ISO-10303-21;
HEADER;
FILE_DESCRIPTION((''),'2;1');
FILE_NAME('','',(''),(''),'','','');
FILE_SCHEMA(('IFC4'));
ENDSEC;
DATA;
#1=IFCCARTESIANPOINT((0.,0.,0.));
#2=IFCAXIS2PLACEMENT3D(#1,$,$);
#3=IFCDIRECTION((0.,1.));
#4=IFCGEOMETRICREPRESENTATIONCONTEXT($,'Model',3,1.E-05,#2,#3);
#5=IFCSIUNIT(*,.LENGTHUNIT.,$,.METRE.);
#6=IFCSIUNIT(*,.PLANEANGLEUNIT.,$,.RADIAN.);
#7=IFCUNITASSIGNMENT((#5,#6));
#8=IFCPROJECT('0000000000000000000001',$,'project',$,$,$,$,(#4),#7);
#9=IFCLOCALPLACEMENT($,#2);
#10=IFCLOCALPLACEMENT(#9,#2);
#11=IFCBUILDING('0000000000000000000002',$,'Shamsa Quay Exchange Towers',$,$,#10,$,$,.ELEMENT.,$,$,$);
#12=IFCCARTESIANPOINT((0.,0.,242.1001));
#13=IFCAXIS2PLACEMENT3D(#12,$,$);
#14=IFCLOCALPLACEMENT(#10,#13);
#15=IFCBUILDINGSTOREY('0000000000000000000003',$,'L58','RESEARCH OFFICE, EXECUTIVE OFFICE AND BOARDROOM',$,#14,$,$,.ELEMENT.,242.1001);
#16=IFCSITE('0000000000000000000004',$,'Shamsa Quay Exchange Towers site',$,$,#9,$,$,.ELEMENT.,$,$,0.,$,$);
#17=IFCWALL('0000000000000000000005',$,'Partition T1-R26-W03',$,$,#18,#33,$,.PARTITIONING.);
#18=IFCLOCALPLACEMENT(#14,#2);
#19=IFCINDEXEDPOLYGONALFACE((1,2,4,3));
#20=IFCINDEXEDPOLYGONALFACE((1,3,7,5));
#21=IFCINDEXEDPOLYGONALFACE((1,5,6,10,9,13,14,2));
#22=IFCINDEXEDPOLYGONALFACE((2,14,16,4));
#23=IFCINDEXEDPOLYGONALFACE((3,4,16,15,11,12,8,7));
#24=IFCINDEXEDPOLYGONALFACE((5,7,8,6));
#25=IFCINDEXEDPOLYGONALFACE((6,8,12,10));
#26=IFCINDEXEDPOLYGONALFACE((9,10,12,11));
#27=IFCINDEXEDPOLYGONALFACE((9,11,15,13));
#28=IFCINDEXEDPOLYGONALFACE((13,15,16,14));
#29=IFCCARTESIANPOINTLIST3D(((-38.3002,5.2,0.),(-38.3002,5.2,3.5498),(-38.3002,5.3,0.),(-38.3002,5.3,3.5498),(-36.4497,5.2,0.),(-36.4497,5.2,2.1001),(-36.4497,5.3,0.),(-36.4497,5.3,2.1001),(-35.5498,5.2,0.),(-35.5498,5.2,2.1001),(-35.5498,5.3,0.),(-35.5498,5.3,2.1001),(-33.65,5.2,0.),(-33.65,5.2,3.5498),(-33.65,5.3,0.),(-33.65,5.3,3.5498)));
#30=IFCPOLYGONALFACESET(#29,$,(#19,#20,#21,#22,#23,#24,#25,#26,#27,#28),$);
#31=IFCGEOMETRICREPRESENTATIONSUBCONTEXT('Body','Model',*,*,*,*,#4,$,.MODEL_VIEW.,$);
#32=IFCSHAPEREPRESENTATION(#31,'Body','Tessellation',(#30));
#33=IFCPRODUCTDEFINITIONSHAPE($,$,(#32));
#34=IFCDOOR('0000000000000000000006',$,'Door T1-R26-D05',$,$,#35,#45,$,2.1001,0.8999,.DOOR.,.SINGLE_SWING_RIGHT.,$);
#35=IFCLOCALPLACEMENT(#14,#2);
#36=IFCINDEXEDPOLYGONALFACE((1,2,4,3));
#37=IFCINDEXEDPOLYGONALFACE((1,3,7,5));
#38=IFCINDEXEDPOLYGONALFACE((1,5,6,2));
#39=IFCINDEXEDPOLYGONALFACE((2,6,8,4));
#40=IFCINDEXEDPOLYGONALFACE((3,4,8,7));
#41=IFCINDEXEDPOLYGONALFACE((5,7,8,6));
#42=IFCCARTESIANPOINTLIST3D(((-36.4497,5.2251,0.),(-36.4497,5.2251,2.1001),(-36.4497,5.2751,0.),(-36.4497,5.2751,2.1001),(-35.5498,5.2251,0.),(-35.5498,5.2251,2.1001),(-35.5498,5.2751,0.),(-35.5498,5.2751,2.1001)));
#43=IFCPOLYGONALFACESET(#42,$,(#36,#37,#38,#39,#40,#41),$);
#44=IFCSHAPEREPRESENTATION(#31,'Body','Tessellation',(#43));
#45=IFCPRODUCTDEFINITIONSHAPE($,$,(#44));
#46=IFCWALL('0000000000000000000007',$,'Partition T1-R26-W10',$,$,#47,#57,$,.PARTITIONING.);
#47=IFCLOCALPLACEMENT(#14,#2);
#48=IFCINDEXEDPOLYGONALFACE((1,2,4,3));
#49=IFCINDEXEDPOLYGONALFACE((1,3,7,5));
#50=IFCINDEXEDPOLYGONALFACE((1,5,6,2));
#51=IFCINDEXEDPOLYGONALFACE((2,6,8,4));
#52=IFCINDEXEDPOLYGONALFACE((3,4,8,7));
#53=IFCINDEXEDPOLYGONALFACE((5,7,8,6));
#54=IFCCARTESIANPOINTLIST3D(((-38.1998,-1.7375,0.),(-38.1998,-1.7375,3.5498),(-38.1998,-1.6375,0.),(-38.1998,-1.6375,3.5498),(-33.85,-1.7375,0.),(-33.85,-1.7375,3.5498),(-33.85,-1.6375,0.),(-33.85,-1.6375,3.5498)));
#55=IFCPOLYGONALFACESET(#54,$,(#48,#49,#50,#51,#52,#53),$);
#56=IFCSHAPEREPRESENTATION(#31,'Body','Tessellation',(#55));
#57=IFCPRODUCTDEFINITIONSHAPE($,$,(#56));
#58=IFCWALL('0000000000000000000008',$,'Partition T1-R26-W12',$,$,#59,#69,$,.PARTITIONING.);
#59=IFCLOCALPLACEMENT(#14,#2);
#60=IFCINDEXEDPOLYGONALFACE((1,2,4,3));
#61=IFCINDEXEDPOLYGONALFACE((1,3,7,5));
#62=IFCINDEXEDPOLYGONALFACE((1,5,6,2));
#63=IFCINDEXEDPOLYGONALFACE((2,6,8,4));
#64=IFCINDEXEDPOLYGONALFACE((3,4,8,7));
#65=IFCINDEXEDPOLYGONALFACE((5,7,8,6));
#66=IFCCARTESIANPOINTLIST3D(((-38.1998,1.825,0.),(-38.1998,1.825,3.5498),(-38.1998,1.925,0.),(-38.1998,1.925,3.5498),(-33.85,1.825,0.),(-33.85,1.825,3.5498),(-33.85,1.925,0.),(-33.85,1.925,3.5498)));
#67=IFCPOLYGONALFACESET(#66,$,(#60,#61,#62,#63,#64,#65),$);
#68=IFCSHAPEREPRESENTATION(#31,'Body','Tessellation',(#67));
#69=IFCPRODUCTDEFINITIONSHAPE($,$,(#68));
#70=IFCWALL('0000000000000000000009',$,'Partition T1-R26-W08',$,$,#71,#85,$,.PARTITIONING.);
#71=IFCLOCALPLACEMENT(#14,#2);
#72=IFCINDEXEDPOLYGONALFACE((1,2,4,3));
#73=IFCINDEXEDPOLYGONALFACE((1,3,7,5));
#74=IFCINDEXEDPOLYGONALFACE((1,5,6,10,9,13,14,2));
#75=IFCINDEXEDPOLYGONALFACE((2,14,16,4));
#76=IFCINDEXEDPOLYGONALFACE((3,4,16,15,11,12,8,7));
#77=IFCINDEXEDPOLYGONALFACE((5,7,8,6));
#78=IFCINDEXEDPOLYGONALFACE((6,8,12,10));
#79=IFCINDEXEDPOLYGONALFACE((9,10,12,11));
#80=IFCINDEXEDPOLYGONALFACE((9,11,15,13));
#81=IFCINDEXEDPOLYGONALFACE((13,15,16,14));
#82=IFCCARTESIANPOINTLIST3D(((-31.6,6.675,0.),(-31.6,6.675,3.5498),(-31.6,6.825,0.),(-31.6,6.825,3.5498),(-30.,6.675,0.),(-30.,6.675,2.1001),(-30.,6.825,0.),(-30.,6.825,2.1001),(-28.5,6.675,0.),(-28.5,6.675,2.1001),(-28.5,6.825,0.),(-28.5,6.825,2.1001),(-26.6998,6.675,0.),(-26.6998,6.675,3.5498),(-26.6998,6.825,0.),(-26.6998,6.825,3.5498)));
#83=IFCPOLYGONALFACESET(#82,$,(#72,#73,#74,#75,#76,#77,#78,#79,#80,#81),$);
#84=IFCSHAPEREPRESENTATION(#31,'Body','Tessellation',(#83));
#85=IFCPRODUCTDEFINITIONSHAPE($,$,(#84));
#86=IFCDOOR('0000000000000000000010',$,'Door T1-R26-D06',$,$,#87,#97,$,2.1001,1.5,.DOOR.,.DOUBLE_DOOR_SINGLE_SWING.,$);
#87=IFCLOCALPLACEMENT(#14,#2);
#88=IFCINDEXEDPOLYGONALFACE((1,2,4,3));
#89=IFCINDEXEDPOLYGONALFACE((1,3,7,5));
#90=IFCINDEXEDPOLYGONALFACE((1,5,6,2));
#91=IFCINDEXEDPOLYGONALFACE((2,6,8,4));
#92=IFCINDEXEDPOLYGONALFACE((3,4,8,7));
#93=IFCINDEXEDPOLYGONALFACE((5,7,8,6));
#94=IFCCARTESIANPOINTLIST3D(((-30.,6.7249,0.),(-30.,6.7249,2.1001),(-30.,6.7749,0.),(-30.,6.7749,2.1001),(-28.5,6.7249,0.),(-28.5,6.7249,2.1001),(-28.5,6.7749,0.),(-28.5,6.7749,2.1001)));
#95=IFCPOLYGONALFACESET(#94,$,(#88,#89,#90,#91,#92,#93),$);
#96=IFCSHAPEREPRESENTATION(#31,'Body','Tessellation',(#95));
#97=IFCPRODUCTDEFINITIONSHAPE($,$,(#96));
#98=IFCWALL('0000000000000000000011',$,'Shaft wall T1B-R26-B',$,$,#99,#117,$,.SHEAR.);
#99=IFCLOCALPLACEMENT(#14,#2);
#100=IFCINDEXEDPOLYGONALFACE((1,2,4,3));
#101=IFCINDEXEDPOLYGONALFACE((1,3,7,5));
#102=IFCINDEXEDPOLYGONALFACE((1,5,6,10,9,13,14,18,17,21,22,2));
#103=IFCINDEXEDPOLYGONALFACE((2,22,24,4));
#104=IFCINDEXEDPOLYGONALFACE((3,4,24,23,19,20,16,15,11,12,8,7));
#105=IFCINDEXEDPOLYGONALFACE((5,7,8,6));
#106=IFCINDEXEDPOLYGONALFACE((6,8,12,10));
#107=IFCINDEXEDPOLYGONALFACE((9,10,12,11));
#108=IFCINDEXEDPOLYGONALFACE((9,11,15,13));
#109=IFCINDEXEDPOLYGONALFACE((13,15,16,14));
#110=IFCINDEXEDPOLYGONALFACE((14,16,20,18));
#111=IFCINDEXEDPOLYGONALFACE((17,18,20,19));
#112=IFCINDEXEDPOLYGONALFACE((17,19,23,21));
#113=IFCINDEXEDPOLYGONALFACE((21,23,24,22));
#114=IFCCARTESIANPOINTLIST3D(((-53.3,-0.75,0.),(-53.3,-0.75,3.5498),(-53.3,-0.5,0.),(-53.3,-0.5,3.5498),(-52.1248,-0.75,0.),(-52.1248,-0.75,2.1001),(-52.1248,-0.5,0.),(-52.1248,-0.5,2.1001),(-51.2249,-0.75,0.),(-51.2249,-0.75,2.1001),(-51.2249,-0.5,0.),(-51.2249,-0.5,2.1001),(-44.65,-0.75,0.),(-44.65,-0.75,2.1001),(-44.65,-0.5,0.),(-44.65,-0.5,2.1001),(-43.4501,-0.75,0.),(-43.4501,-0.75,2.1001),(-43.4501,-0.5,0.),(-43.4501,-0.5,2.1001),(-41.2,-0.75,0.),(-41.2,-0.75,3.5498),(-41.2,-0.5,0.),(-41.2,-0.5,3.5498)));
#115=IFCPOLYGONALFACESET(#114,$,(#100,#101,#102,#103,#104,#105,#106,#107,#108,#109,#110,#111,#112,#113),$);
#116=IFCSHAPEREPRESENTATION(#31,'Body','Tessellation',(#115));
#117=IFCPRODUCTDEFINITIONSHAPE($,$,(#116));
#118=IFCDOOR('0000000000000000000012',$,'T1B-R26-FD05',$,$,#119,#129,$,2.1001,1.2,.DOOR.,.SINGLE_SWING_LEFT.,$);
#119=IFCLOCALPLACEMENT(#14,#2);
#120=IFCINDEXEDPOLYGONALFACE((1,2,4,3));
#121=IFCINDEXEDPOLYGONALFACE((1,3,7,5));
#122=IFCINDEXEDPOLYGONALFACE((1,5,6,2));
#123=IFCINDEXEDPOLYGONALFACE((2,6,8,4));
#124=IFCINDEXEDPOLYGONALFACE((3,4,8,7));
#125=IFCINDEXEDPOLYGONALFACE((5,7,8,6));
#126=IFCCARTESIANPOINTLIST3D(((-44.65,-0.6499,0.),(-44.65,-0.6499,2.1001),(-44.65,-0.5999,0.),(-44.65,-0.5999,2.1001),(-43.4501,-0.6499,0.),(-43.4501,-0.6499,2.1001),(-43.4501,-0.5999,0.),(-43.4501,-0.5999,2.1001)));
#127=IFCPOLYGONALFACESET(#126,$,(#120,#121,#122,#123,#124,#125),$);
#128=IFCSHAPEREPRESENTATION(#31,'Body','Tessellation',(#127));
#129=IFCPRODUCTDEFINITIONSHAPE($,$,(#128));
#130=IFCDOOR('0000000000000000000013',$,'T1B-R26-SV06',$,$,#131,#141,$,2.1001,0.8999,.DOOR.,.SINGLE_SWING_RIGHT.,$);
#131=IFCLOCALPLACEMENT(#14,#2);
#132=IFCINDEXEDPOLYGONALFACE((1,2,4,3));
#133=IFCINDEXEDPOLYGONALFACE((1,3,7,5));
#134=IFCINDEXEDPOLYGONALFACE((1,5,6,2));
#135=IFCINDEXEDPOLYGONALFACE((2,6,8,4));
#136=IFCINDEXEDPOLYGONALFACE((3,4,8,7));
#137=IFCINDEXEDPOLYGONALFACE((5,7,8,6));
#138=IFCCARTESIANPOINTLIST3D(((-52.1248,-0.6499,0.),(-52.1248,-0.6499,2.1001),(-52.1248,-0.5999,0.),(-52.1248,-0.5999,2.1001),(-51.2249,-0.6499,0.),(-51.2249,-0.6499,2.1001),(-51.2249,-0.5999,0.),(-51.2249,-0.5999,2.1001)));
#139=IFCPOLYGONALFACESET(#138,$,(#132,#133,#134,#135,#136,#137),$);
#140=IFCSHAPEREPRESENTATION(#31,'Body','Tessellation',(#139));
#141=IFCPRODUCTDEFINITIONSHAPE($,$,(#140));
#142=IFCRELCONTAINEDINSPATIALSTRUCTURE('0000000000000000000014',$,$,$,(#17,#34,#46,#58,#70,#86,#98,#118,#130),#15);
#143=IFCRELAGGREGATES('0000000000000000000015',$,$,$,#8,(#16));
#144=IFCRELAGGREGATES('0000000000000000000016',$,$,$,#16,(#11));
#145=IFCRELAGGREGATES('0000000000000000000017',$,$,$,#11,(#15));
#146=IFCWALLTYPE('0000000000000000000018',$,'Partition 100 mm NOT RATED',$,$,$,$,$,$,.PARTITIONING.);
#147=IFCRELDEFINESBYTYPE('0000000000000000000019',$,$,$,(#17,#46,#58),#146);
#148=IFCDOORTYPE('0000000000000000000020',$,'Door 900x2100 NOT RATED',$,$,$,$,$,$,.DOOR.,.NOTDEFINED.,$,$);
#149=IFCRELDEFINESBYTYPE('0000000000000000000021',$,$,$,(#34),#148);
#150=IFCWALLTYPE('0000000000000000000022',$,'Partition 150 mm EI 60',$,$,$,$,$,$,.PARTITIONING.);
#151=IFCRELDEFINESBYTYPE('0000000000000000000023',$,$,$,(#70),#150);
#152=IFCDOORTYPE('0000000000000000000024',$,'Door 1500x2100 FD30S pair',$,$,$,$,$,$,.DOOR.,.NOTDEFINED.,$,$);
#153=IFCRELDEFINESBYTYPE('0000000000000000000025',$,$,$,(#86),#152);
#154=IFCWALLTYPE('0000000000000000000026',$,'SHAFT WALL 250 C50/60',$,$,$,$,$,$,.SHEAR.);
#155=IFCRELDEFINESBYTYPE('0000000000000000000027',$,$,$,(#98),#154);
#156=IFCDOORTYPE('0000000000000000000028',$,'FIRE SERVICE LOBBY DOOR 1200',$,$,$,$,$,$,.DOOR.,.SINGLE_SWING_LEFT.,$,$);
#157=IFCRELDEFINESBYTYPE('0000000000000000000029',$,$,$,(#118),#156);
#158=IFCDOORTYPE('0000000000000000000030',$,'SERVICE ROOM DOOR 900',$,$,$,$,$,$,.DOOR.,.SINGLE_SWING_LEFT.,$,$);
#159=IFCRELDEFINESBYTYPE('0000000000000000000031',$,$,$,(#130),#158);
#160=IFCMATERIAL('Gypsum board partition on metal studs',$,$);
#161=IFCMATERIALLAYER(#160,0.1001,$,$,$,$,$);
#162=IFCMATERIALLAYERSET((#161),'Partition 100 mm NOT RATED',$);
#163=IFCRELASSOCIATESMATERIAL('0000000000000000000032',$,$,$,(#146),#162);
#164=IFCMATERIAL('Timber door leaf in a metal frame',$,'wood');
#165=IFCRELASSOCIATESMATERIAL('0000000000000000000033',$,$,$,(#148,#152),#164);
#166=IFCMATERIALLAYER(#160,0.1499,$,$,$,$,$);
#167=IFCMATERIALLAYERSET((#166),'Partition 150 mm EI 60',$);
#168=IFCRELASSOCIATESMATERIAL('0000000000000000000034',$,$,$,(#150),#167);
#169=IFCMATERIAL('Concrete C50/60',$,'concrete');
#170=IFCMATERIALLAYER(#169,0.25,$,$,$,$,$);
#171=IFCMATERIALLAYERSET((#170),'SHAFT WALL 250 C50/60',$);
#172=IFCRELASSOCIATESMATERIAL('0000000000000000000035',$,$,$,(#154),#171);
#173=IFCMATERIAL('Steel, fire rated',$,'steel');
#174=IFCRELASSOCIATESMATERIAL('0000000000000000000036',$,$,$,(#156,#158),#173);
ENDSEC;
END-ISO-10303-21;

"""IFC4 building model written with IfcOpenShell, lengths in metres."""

from ifc_helpers import new_model, si_unit, direction, frame, frame_2d, origin, place, context, subcontext, project, spatial, rectangle, extrude, material, layer, layer_set, type_object, element, fill, save


model = new_model("IFC4")

# Units and contexts
model_context = context("Model", 3, precision=1e-05, world=origin(), true_north=direction((0.0, 1.0)))
body_context = subcontext(model_context, "Body", "Model", "MODEL_VIEW")
ifc_project = project(units=[si_unit("LENGTHUNIT", "METRE"), si_unit("PLANEANGLEUNIT", "RADIAN")], contexts=[model_context])

# Site, building, storey
site_placement = place(None, origin())
site = spatial("IfcSite", under=ifc_project, at=site_placement, Name="Shamsa Quay Exchange Towers site", CompositionType="ELEMENT", RefElevation=0.0)
building_placement = place(site_placement, origin())
building = spatial("IfcBuilding", under=site, at=building_placement, Name="Shamsa Quay Exchange Towers", CompositionType="ELEMENT")
storey_placement = place(building_placement, frame((0.0, 0.0, 242.1001)))
storey = spatial("IfcBuildingStorey", under=building, at=storey_placement, Name="L58", Description="RESEARCH OFFICE, EXECUTIVE OFFICE AND BOARDROOM", CompositionType="ELEMENT", Elevation=242.1001)

# Shared definitions
ifc_material_1 = material(Name="Timber door leaf in a metal frame", Category="wood")

# Wall, opening, door
ifc_material_2 = material(Name="Gypsum board partition on metal studs")
ifc_layer_1 = layer(ifc_material_2, 0.1001)
ifc_layer_set_1 = layer_set([ifc_layer_1], Name="Partition 100 mm NOT RATED")
wall_type_1 = type_object("IfcWallType", Name="Partition 100 mm NOT RATED", PredefinedType="PARTITIONING", material=ifc_layer_set_1)
door_type_1 = type_object("IfcDoorType", Name="Door 900x2100 NOT RATED", OperationType="NOTDEFINED", PredefinedType="DOOR", material=ifc_material_1)
wall_1_placement = place(storey_placement, frame((-33.6499, 5.25, 0.0), z_axis=(0.0, 0.0, 1.0), x_axis=(-1.0, 0.0, 0.0)))
wall_1 = element("IfcWall", 1, at=wall_1_placement, inside=storey, type_object=wall_type_1, Name="Partition T1-R26-W03", PredefinedType="PARTITIONING", context=body_context, shape_type="SweptSolid", body=[
    extrude(rectangle(XDim=4.6501, YDim=0.1001, at=frame_2d((2.3252, 0.0))), origin(), (0.0, 0.0, 1.0), 3.5498),
])
opening_1_placement = place(wall_1_placement, frame((1.8999, 0.0, 0.0)))
opening_1 = element("IfcOpeningElement", 2, at=opening_1_placement, cuts=wall_1, PredefinedType="OPENING", context=body_context, shape_type="SweptSolid", body=[
    extrude(rectangle(XDim=0.8999, YDim=2.1001, at=frame_2d((0.45, 1.05))), frame((0.0, 0.0601, 0.0), z_axis=(0.0, -1.0, 0.0), x_axis=(1.0, 0.0, 0.0)), (0.0, 0.0, 1.0), 0.1201),
])
door_1_placement = place(opening_1_placement, origin())
door_1 = element("IfcDoor", 3, at=door_1_placement, inside=storey, type_object=door_type_1, Name="Door T1-R26-D05", OperationType="SINGLE_SWING_RIGHT", OverallHeight=2.1001, OverallWidth=0.8999, PredefinedType="DOOR", context=body_context, shape_type="SweptSolid", body=[
    extrude(rectangle(XDim=0.8999, YDim=2.1001, at=frame_2d((0.45, 1.05))), frame((0.0, 0.0249, 0.0), z_axis=(0.0, -1.0, 0.0), x_axis=(1.0, 0.0, 0.0)), (0.0, 0.0, 1.0), 0.05),
])
fill(opening_1, door_1)

# Walls
for number, where, z_axis, x_axis, name in (
    (4, (-33.8501, -1.6875, 0.0), (0.0, 0.0, 1.0), (-1.0, 0.0, 0.0), "Partition T1-R26-W10"),
    (5, (-33.8501, 1.875, 0.0), (0.0, 0.0, 1.0), (-1.0, 0.0, 0.0), "Partition T1-R26-W12"),
):
    element("IfcWall", number, at=place(storey_placement, frame(where, z_axis=z_axis, x_axis=x_axis)), inside=storey, type_object=wall_type_1, Name=name, PredefinedType="PARTITIONING", context=body_context, shape_type="SweptSolid", body=[
        extrude(rectangle(XDim=4.3499, YDim=0.1001, at=frame_2d((2.1748, 0.0))), origin(), (0.0, 0.0, 1.0), 3.5498),
    ])

# Wall, opening, door
ifc_layer_2 = layer(ifc_material_2, 0.1499)
ifc_layer_set_2 = layer_set([ifc_layer_2], Name="Partition 150 mm EI 60")
wall_type_2 = type_object("IfcWallType", Name="Partition 150 mm EI 60", PredefinedType="PARTITIONING", material=ifc_layer_set_2)
wall_2_placement = place(storey_placement, frame((-31.6001, 6.75, 0.0)))
wall_2 = element("IfcWall", 6, at=wall_2_placement, inside=storey, type_object=wall_type_2, Name="Partition T1-R26-W08", PredefinedType="PARTITIONING", context=body_context, shape_type="SweptSolid", body=[
    extrude(rectangle(XDim=4.9001, YDim=0.1499, at=frame_2d((2.4502, 0.0))), origin(), (0.0, 0.0, 1.0), 3.5498),
])
opening_2_placement = place(wall_2_placement, frame((1.6001, 0.0, 0.0)))
opening_2 = element("IfcOpeningElement", 7, at=opening_2_placement, cuts=wall_2, PredefinedType="OPENING", context=body_context, shape_type="SweptSolid", body=[
    extrude(rectangle(XDim=1.5, YDim=2.1001, at=frame_2d((0.75, 1.05))), frame((0.0, 0.085, 0.0), z_axis=(0.0, -1.0, 0.0), x_axis=(1.0, 0.0, 0.0)), (0.0, 0.0, 1.0), 0.1699),
])
door_type_2 = type_object("IfcDoorType", Name="Door 1500x2100 FD30S pair", OperationType="NOTDEFINED", PredefinedType="DOOR", material=ifc_material_1)
door_2_placement = place(opening_2_placement, origin())
door_2 = element("IfcDoor", 8, at=door_2_placement, inside=storey, type_object=door_type_2, Name="Door T1-R26-D06", OperationType="DOUBLE_DOOR_SINGLE_SWING", OverallHeight=2.1001, OverallWidth=1.5, PredefinedType="DOOR", context=body_context, shape_type="SweptSolid", body=[
    extrude(rectangle(XDim=1.5, YDim=2.1001, at=frame_2d((0.75, 1.05))), frame((0.0, 0.0249, 0.0), z_axis=(0.0, -1.0, 0.0), x_axis=(1.0, 0.0, 0.0)), (0.0, 0.0, 1.0), 0.05),
])
fill(opening_2, door_2)

# Wall, openings, doors
ifc_material_3 = material(Name="Concrete C50/60", Category="concrete")
ifc_layer_3 = layer(ifc_material_3, 0.25)
ifc_layer_set_3 = layer_set([ifc_layer_3], Name="SHAFT WALL 250 C50/60")
wall_type_3 = type_object("IfcWallType", Name="SHAFT WALL 250 C50/60", PredefinedType="SHEAR", material=ifc_layer_set_3)
wall_3_placement = place(storey_placement, frame((-41.2, -0.625, 0.0), z_axis=(0.0, 0.0, 1.0), x_axis=(-1.0, 0.0, 0.0)))
wall_3 = element("IfcWall", 9, at=wall_3_placement, inside=storey, type_object=wall_type_3, Name="Shaft wall T1B-R26-B", PredefinedType="SHEAR", context=body_context, shape_type="SweptSolid", body=[
    extrude(rectangle(XDim=12.1001, YDim=0.25, at=frame_2d((6.05, 0.0))), origin(), (0.0, 0.0, 1.0), 3.5498),
])
opening_3_placement = place(wall_3_placement, frame((2.25, 0.0, 0.0)))
opening_3 = element("IfcOpeningElement", 10, at=opening_3_placement, cuts=wall_3, PredefinedType="OPENING", context=body_context, shape_type="SweptSolid", body=[
    extrude(rectangle(XDim=1.2, YDim=2.1001, at=frame_2d((0.6001, 1.05))), frame((0.0, 0.135, 0.0), z_axis=(0.0, -1.0, 0.0), x_axis=(1.0, 0.0, 0.0)), (0.0, 0.0, 1.0), 0.27),
])
opening_4_placement = place(wall_3_placement, frame((10.0249, 0.0, 0.0)))
opening_4 = element("IfcOpeningElement", 11, at=opening_4_placement, cuts=wall_3, PredefinedType="OPENING", context=body_context, shape_type="SweptSolid", body=[
    extrude(rectangle(XDim=0.8999, YDim=2.1001, at=frame_2d((0.45, 1.05))), frame((0.0, 0.135, 0.0), z_axis=(0.0, -1.0, 0.0), x_axis=(1.0, 0.0, 0.0)), (0.0, 0.0, 1.0), 0.27),
])
ifc_material_4 = material(Name="Steel, fire rated", Category="steel")
door_type_3 = type_object("IfcDoorType", Name="FIRE SERVICE LOBBY DOOR 1200", OperationType="SINGLE_SWING_LEFT", PredefinedType="DOOR", material=ifc_material_4)
door_3_placement = place(opening_3_placement, origin())
door_3 = element("IfcDoor", 12, at=door_3_placement, inside=storey, type_object=door_type_3, Name="T1B-R26-FD05", OperationType="SINGLE_SWING_LEFT", OverallHeight=2.1001, OverallWidth=1.2, PredefinedType="DOOR", context=body_context, shape_type="SweptSolid", body=[
    extrude(rectangle(XDim=1.2, YDim=2.1001, at=frame_2d((0.6001, 1.05))), frame((0.0, 0.0249, 0.0), z_axis=(0.0, -1.0, 0.0), x_axis=(1.0, 0.0, 0.0)), (0.0, 0.0, 1.0), 0.05),
])
fill(opening_3, door_3)
door_type_4 = type_object("IfcDoorType", Name="SERVICE ROOM DOOR 900", OperationType="SINGLE_SWING_LEFT", PredefinedType="DOOR", material=ifc_material_4)
door_4_placement = place(opening_4_placement, origin())
door_4 = element("IfcDoor", 13, at=door_4_placement, inside=storey, type_object=door_type_4, Name="T1B-R26-SV06", OperationType="SINGLE_SWING_RIGHT", OverallHeight=2.1001, OverallWidth=0.8999, PredefinedType="DOOR", context=body_context, shape_type="SweptSolid", body=[
    extrude(rectangle(XDim=0.8999, YDim=2.1001, at=frame_2d((0.45, 1.05))), frame((0.0, 0.0249, 0.0), z_axis=(0.0, -1.0, 0.0), x_axis=(1.0, 0.0, 0.0)), (0.0, 0.0, 1.0), 0.05),
])
fill(opening_4, door_4)

save(model, "model.ifc")
